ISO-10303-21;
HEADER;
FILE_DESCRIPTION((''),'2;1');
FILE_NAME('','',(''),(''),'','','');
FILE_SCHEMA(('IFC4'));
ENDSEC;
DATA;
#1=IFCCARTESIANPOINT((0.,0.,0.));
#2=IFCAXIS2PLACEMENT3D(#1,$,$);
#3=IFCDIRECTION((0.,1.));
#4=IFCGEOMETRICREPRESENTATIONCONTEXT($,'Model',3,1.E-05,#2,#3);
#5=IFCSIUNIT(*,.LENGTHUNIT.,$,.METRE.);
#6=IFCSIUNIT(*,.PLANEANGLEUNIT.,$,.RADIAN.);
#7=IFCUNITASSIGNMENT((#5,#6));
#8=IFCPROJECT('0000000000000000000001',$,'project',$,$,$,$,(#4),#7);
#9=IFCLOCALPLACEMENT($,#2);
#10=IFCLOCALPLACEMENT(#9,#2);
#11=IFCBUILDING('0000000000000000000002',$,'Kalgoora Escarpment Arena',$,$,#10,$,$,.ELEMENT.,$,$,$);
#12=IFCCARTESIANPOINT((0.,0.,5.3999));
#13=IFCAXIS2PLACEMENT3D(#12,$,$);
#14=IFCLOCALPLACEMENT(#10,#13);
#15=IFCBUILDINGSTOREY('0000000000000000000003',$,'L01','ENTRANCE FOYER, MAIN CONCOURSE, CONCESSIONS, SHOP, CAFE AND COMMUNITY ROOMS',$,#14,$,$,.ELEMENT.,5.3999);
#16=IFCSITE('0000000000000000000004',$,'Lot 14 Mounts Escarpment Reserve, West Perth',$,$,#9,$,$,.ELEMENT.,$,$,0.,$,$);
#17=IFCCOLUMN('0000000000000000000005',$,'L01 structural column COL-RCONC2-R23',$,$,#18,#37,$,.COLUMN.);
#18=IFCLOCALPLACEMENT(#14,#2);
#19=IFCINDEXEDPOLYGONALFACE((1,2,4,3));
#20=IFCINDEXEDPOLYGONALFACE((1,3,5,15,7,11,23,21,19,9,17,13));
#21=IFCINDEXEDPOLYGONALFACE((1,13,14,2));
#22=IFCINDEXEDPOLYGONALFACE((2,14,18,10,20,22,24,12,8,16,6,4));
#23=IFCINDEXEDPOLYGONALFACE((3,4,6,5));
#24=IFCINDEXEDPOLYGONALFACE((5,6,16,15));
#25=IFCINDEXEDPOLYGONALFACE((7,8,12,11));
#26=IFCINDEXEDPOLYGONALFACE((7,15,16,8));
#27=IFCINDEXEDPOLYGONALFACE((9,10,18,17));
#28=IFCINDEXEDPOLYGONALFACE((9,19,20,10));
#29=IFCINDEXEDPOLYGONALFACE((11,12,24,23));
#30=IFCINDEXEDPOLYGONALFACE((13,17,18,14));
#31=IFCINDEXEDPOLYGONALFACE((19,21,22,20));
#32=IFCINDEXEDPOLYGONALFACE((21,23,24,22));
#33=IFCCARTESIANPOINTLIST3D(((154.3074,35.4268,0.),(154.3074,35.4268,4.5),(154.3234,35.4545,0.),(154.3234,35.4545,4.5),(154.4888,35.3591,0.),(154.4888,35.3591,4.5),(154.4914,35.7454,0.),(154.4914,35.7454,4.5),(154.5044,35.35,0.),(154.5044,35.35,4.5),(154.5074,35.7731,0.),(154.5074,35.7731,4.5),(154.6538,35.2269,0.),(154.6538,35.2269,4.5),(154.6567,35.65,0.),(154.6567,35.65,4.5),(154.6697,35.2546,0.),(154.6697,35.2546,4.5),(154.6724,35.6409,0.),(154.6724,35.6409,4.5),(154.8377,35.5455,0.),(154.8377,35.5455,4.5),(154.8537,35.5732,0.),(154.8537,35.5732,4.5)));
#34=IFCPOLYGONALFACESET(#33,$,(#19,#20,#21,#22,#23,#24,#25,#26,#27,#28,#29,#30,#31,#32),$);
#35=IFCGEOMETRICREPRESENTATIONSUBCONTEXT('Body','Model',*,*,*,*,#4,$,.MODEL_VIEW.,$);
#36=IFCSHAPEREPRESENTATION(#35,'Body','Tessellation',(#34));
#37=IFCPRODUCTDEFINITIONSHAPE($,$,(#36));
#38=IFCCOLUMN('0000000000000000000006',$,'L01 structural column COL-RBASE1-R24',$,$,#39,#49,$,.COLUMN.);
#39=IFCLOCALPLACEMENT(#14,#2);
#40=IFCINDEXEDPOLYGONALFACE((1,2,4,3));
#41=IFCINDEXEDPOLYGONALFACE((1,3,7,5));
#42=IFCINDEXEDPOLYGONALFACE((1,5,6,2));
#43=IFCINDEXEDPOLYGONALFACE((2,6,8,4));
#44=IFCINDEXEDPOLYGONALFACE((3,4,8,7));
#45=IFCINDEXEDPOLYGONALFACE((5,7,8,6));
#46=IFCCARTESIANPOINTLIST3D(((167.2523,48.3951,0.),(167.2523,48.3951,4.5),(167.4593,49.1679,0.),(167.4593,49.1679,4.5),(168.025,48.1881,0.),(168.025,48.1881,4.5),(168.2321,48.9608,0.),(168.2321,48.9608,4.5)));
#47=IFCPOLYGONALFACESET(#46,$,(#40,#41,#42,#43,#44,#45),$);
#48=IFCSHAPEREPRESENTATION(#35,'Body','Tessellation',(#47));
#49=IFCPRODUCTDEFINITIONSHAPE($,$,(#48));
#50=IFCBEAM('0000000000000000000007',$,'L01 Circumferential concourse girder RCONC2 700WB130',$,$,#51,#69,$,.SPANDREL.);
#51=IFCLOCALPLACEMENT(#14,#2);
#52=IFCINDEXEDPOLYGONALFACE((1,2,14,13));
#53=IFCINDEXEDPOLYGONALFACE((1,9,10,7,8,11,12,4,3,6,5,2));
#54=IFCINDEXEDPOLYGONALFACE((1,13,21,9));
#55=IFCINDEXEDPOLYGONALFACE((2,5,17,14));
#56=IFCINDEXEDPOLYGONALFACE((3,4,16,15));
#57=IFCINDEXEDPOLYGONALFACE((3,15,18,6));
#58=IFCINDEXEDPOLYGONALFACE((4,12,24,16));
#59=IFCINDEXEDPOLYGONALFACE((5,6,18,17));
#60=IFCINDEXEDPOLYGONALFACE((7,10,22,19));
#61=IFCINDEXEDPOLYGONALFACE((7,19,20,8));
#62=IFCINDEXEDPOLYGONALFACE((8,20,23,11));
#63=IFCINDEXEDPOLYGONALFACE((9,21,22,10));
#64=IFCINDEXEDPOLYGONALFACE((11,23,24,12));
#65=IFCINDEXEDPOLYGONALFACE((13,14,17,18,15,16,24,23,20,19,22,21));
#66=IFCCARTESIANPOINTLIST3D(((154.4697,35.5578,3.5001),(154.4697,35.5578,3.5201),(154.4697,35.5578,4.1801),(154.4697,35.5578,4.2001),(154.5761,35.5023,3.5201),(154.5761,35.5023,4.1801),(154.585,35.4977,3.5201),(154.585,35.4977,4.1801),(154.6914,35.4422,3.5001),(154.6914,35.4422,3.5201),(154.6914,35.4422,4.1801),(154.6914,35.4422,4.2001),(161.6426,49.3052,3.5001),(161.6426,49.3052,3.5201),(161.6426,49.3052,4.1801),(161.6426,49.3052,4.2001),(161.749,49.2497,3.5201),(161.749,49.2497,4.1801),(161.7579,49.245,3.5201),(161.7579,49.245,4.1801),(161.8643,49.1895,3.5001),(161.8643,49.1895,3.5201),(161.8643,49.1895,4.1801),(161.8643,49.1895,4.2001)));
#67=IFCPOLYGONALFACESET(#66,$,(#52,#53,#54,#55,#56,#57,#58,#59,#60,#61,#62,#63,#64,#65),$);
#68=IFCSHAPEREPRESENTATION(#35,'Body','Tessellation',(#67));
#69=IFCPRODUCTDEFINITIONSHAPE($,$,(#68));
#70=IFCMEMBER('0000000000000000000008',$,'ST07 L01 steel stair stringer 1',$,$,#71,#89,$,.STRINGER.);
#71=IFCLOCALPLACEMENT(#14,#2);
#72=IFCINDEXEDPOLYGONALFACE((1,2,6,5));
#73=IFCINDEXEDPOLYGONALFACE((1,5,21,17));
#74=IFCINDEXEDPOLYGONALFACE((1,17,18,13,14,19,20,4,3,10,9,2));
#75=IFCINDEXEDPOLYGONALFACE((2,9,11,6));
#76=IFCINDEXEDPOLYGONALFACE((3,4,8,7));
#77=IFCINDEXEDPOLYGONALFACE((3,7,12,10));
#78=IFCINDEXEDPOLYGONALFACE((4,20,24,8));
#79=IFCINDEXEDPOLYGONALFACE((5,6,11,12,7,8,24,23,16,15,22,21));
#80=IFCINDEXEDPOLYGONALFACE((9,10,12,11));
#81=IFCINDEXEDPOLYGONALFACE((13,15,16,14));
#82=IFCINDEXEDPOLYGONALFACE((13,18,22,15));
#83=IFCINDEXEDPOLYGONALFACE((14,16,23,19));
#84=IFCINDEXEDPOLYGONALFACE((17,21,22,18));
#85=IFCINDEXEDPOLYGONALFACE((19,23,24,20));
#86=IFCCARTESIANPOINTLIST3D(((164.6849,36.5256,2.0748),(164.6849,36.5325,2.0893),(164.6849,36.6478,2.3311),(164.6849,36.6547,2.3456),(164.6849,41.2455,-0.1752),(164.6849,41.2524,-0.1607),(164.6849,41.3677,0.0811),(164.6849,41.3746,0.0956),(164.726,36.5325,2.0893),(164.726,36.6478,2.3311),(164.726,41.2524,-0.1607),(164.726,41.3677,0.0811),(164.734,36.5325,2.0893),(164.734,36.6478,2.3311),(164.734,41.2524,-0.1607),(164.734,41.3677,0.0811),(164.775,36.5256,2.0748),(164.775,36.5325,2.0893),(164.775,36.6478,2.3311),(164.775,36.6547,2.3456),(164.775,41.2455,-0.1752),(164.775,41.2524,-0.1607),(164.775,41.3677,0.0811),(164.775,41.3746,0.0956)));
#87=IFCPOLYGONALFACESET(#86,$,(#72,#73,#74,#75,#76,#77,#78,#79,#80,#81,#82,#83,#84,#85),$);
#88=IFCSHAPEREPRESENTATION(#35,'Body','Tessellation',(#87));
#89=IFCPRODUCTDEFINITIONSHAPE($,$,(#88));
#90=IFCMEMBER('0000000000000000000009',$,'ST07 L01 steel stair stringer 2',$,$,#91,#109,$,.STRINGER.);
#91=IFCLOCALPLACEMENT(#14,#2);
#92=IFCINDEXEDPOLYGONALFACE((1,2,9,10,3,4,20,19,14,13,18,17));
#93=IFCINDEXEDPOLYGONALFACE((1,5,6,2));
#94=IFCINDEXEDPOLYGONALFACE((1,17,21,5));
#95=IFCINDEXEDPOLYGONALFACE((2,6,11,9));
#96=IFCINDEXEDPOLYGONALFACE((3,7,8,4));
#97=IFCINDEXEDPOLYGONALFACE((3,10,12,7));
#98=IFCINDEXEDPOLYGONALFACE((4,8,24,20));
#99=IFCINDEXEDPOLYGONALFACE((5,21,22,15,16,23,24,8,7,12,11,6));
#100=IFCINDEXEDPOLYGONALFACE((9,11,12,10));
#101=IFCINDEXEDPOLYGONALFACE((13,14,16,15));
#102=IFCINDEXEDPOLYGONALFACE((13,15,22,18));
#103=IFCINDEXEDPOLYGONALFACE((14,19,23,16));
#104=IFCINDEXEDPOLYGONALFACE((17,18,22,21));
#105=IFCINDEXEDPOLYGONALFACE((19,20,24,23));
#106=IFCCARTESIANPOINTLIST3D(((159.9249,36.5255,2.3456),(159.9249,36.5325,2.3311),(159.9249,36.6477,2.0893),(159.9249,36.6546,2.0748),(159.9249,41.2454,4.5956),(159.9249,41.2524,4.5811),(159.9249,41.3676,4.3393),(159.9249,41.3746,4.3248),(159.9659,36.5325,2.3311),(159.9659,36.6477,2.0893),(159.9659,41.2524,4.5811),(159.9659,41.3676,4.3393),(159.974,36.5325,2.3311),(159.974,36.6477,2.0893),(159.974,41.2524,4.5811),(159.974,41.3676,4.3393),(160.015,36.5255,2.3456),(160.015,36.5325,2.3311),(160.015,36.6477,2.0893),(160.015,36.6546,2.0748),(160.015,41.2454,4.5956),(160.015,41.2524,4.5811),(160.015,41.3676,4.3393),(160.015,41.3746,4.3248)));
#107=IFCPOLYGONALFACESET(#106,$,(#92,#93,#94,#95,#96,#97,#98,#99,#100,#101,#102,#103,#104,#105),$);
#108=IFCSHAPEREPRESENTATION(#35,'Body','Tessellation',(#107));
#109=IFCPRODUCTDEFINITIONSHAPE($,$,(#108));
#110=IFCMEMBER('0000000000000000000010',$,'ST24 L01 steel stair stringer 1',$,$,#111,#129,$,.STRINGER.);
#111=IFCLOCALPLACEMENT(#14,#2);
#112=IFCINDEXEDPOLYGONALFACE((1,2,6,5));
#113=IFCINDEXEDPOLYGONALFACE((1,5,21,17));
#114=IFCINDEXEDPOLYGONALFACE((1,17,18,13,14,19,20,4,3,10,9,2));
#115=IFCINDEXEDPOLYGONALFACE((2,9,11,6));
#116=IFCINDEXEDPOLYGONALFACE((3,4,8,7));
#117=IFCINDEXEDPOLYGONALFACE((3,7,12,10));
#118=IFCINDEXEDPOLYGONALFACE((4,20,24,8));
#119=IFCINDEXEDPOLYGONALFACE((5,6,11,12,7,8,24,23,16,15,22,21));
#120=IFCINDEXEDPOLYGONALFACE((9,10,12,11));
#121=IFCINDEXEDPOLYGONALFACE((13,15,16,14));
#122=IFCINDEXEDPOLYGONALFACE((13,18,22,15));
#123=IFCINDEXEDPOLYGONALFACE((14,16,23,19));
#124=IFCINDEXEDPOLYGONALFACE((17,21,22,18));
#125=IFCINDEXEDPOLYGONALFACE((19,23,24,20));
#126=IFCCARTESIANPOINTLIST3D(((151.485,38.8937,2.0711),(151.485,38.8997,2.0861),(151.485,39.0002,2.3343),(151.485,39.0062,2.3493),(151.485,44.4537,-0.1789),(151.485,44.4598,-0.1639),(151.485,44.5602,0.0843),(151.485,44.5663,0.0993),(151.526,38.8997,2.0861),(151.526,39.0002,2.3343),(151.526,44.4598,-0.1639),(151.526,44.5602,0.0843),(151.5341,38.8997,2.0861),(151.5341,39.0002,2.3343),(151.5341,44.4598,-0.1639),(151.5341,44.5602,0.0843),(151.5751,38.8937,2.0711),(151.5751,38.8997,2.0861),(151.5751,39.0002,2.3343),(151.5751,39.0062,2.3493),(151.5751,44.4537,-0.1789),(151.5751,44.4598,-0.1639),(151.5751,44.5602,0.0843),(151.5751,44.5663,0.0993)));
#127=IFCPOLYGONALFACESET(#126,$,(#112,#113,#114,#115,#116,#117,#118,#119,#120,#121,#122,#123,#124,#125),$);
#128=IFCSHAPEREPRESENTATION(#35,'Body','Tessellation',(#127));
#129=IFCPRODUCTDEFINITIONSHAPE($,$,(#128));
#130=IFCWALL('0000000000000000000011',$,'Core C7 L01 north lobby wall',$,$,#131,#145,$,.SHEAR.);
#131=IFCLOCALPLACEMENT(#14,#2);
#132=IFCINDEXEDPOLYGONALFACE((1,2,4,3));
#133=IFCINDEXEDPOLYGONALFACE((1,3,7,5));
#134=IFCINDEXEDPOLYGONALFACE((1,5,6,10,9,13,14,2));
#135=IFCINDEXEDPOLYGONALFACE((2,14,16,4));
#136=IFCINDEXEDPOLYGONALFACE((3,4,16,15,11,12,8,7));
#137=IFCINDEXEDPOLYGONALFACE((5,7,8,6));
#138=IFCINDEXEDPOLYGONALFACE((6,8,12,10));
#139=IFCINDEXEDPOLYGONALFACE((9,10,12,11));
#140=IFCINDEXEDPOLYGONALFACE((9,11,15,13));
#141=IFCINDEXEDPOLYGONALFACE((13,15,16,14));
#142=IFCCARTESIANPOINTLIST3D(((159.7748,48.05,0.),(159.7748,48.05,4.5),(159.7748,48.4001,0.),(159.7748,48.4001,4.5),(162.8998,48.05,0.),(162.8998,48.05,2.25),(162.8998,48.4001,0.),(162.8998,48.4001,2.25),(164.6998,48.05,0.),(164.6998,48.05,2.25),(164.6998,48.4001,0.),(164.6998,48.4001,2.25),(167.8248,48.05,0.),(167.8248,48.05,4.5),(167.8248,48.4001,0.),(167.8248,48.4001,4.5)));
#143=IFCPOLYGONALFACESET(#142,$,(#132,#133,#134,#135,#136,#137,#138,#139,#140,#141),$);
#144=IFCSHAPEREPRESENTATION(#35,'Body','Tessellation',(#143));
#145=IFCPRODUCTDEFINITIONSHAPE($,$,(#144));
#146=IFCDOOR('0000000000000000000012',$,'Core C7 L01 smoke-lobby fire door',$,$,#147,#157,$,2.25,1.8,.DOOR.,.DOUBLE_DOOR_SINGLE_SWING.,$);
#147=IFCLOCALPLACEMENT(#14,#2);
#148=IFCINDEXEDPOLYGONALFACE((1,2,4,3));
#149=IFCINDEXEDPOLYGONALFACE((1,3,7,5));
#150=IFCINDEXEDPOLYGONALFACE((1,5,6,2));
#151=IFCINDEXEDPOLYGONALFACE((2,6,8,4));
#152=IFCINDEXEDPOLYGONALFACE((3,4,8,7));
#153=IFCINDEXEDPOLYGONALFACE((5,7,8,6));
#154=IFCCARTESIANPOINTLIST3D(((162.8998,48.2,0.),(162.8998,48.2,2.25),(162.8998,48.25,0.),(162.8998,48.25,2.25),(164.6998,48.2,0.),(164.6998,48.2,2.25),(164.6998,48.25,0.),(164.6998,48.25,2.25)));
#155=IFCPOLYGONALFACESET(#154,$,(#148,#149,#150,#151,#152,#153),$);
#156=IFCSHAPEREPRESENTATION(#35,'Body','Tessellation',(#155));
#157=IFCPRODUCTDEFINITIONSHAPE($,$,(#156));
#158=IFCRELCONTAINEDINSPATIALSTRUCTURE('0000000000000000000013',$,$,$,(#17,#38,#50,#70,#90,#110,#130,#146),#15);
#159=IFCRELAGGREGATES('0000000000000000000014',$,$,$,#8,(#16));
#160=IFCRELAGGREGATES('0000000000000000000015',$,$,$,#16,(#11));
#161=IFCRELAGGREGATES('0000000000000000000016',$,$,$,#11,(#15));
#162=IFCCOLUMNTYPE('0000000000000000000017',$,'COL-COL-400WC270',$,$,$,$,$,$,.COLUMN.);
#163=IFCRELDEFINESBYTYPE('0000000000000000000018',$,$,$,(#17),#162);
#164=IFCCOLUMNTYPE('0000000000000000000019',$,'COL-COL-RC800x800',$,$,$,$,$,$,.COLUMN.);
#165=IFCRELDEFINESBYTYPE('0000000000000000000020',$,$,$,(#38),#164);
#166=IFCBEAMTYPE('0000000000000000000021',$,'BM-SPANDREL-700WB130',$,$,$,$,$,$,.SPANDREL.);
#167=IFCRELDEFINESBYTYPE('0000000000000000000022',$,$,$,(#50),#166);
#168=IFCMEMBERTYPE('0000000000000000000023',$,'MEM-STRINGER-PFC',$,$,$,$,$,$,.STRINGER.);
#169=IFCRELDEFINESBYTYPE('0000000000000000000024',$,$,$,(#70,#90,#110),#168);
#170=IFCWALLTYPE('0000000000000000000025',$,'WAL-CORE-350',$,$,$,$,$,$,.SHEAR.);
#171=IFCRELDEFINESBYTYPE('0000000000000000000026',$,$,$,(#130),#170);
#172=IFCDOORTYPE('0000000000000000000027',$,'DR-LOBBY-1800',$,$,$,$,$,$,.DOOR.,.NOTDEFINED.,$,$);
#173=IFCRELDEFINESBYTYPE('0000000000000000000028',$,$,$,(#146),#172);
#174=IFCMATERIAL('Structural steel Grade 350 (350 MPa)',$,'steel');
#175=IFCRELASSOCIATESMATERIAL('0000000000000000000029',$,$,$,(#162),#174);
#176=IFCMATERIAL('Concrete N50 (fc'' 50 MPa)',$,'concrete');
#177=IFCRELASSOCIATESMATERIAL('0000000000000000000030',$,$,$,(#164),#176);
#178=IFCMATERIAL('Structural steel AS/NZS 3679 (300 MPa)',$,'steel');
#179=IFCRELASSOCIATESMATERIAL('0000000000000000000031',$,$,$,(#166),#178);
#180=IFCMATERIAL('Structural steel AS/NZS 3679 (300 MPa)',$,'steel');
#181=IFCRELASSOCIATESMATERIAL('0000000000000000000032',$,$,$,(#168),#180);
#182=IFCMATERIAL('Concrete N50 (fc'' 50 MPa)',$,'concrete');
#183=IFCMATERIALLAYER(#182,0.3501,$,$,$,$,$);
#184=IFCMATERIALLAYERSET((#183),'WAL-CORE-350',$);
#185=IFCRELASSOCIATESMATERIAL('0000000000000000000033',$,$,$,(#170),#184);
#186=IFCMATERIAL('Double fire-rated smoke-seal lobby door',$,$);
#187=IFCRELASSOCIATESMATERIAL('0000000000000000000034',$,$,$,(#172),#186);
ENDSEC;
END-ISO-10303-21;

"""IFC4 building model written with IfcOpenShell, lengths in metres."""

from ifc_helpers import new_model, si_unit, direction, frame, frame_2d, origin, origin_2d, place, context, subcontext, project, spatial, rectangle, i_section, extrude, material, layer, layer_set, material_profile, profile_set, type_object, element, fill, save


model = new_model("IFC4")

# Units and contexts
model_context = context("Model", 3, precision=1e-05, world=origin(), true_north=direction((0.0, 1.0)))
body_context = subcontext(model_context, "Body", "Model", "MODEL_VIEW")
ifc_project = project(units=[si_unit("LENGTHUNIT", "METRE"), si_unit("PLANEANGLEUNIT", "RADIAN")], contexts=[model_context])

# Site, building, storey
site_placement = place(None, origin())
site = spatial("IfcSite", under=ifc_project, at=site_placement, Name="Lot 14 Mounts Escarpment Reserve, West Perth", CompositionType="ELEMENT", RefElevation=0.0)
building_placement = place(site_placement, origin())
building = spatial("IfcBuilding", under=site, at=building_placement, Name="Kalgoora Escarpment Arena", CompositionType="ELEMENT")
storey_placement = place(building_placement, frame((0.0, 0.0, 5.3999)))
storey = spatial("IfcBuildingStorey", under=building, at=storey_placement, Name="L01", Description="ENTRANCE FOYER, MAIN CONCOURSE, CONCESSIONS, SHOP, CAFE AND COMMUNITY ROOMS", CompositionType="ELEMENT", Elevation=5.3999)

# Columns
ifc_material_1 = material(Name="Structural steel Grade 350 (350 MPa)", Category="steel")
ifc_material_profile_1 = material_profile(ifc_material_1, i_section(OverallWidth=0.3999, OverallDepth=0.3999, WebThickness=0.0181, FlangeThickness=0.032, at=origin_2d()))
ifc_profile_set_1 = profile_set([ifc_material_profile_1], Name="Structural steel Grade 350 (350 MPa)")
column_type_1 = type_object("IfcColumnType", Name="COL-COL-400WC270", PredefinedType="COLUMN", material=ifc_profile_set_1)
column_1_placement = place(storey_placement, frame((154.5806, 35.5, 0.0), z_axis=(0.0, 0.0, 1.0), x_axis=(0.866025, -0.5, 0.0)))
element("IfcColumn", 1, at=column_1_placement, inside=storey, type_object=column_type_1, Name="L01 structural column COL-RCONC2-R23", PredefinedType="COLUMN", context=body_context, shape_type="SweptSolid", body=[
    extrude(i_section(OverallWidth=0.3999, OverallDepth=0.3999, WebThickness=0.0181, FlangeThickness=0.032, at=origin_2d()), origin(), (0.0, 0.0, 1.0), 4.5),
])
ifc_material_2 = material(Name="Concrete N50 (fc' 50 MPa)", Category="concrete")
ifc_material_profile_2 = material_profile(ifc_material_2, rectangle(XDim=0.8, YDim=0.8, at=origin_2d()))
ifc_profile_set_2 = profile_set([ifc_material_profile_2], Name="Concrete N50 (fc' 50 MPa)")
column_type_2 = type_object("IfcColumnType", Name="COL-COL-RC800x800", PredefinedType="COLUMN", material=ifc_profile_set_2)
column_2_placement = place(storey_placement, frame((167.7422, 48.678, 0.0), z_axis=(0.0, 0.0, 1.0), x_axis=(0.965926, -0.258819, 0.0)))
element("IfcColumn", 2, at=column_2_placement, inside=storey, type_object=column_type_2, Name="L01 structural column COL-RBASE1-R24", PredefinedType="COLUMN", context=body_context, shape_type="SweptSolid", body=[
    extrude(rectangle(XDim=0.8, YDim=0.8, at=origin_2d()), origin(), (0.0, 0.0, 1.0), 4.5),
])

# Beam
ifc_material_3 = material(Name="Structural steel AS/NZS 3679 (300 MPa)", Category="steel")
ifc_material_profile_3 = material_profile(ifc_material_3, i_section(OverallWidth=0.25, OverallDepth=0.7, WebThickness=0.01, FlangeThickness=0.02, at=origin_2d()))
ifc_profile_set_3 = profile_set([ifc_material_profile_3], Name="Structural steel AS/NZS 3679 (300 MPa)")
beam_type = type_object("IfcBeamType", Name="BM-SPANDREL-700WB130", PredefinedType="SPANDREL", material=ifc_profile_set_3)
beam_placement = place(storey_placement, frame((154.5806, 35.5, 3.8501), z_axis=(0.462583, 0.886576, 0.0), x_axis=(-0.886576, 0.462583, 0.0)))
element("IfcBeam", 3, at=beam_placement, inside=storey, type_object=beam_type, Name="L01 Circumferential concourse girder RCONC2 700WB130", PredefinedType="SPANDREL", context=body_context, shape_type="SweptSolid", body=[
    extrude(i_section(OverallWidth=0.25, OverallDepth=0.7, WebThickness=0.01, FlangeThickness=0.02, at=origin_2d()), origin(), (0.0, 0.0, 1.0), 15.5061),
])

# Members
ifc_material_4 = material(Name="Structural steel AS/NZS 3679 (300 MPa)", Category="steel")
ifc_material_profile_4 = material_profile(ifc_material_4, i_section(OverallWidth=0.0901, OverallDepth=0.3, WebThickness=0.0081, FlangeThickness=0.0161, at=origin_2d()))
ifc_profile_set_4 = profile_set([ifc_material_profile_4], Name="Structural steel AS/NZS 3679 (300 MPa)")
member_type = type_object("IfcMemberType", Name="MEM-STRINGER-PFC", PredefinedType="STRINGER", material=ifc_profile_set_4)
for number, where, z_axis, x_axis, name in (
    (4, (164.73, 41.3101, -0.0398), (0.0, -0.902683, 0.430307), (1.0, 0.0, 0.0), "ST07 L01 steel stair stringer 1"),
    (5, (159.97, 36.5901, 2.2102), (0.0, 0.902683, 0.430307), (-1.0, 0.0, 0.0), "ST07 L01 steel stair stringer 2"),
):
    element("IfcMember", number, at=place(storey_placement, frame(where, z_axis=z_axis, x_axis=x_axis)), inside=storey, type_object=member_type, Name=name, PredefinedType="STRINGER", context=body_context, shape_type="SweptSolid", body=[
        extrude(i_section(OverallWidth=0.0901, OverallDepth=0.3, WebThickness=0.0081, FlangeThickness=0.0161, at=origin_2d()), origin(), (0.0, 0.0, 1.0), 5.2288),
    ])
member_placement = place(storey_placement, frame((151.53, 44.51, -0.0398), z_axis=(0.0, -0.926976, 0.375121), x_axis=(1.0, 0.0, 0.0)))
element("IfcMember", 6, at=member_placement, inside=storey, type_object=member_type, Name="ST24 L01 steel stair stringer 1", PredefinedType="STRINGER", context=body_context, shape_type="SweptSolid", body=[
    extrude(i_section(OverallWidth=0.0901, OverallDepth=0.3, WebThickness=0.0081, FlangeThickness=0.0161, at=origin_2d()), origin(), (0.0, 0.0, 1.0), 5.998),
])

# Wall, opening, door
ifc_material_5 = material(Name="Concrete N50 (fc' 50 MPa)", Category="concrete")
ifc_layer_1 = layer(ifc_material_5, 0.3501)
ifc_layer_set_1 = layer_set([ifc_layer_1], Name="WAL-CORE-350")
wall_type_1 = type_object("IfcWallType", Name="WAL-CORE-350", PredefinedType="SHEAR", material=ifc_layer_set_1)
wall_1_placement = place(storey_placement, frame((159.7749, 48.2251, 0.0), z_axis=(0.0, 0.0, 1.0), x_axis=(1.0, 0.0, 0.0)))
wall_1 = element("IfcWall", 7, at=wall_1_placement, inside=storey, type_object=wall_type_1, Name="Core C7 L01 north lobby wall", PredefinedType="SHEAR", context=body_context, shape_type="SweptSolid", body=[
    extrude(rectangle(XDim=8.05, YDim=0.3501, at=frame_2d((4.0249, 0.0))), origin(), (0.0, 0.0, 1.0), 4.5),
])
opening_1_placement = place(wall_1_placement, frame((3.125, 0.0, 0.0)))
opening_1 = element("IfcOpeningElement", 8, at=opening_1_placement, cuts=wall_1, PredefinedType="OPENING", context=body_context, shape_type="SweptSolid", body=[
    extrude(rectangle(XDim=1.8, YDim=2.25, at=frame_2d((0.8999, 1.125))), frame((0.0, 0.1851, 0.0), z_axis=(0.0, -1.0, 0.0), x_axis=(1.0, 0.0, 0.0)), (0.0, 0.0, 1.0), 0.3701),
])
ifc_material_6 = material(Name="Double fire-rated smoke-seal lobby door")
door_type_1 = type_object("IfcDoorType", Name="DR-LOBBY-1800", OperationType="NOTDEFINED", PredefinedType="DOOR", material=ifc_material_6)
door_1_placement = place(opening_1_placement, origin())
door_1 = element("IfcDoor", 9, at=door_1_placement, inside=storey, type_object=door_type_1, Name="Core C7 L01 smoke-lobby fire door", OperationType="DOUBLE_DOOR_SINGLE_SWING", OverallHeight=2.25, OverallWidth=1.8, PredefinedType="DOOR", context=body_context, shape_type="SweptSolid", body=[
    extrude(rectangle(XDim=1.8, YDim=2.25, at=frame_2d((0.8999, 1.125))), frame((0.0, 0.0249, 0.0), z_axis=(0.0, -1.0, 0.0), x_axis=(1.0, 0.0, 0.0)), (0.0, 0.0, 1.0), 0.05),
])
fill(opening_1, door_1)

save(model, "model.ifc")
